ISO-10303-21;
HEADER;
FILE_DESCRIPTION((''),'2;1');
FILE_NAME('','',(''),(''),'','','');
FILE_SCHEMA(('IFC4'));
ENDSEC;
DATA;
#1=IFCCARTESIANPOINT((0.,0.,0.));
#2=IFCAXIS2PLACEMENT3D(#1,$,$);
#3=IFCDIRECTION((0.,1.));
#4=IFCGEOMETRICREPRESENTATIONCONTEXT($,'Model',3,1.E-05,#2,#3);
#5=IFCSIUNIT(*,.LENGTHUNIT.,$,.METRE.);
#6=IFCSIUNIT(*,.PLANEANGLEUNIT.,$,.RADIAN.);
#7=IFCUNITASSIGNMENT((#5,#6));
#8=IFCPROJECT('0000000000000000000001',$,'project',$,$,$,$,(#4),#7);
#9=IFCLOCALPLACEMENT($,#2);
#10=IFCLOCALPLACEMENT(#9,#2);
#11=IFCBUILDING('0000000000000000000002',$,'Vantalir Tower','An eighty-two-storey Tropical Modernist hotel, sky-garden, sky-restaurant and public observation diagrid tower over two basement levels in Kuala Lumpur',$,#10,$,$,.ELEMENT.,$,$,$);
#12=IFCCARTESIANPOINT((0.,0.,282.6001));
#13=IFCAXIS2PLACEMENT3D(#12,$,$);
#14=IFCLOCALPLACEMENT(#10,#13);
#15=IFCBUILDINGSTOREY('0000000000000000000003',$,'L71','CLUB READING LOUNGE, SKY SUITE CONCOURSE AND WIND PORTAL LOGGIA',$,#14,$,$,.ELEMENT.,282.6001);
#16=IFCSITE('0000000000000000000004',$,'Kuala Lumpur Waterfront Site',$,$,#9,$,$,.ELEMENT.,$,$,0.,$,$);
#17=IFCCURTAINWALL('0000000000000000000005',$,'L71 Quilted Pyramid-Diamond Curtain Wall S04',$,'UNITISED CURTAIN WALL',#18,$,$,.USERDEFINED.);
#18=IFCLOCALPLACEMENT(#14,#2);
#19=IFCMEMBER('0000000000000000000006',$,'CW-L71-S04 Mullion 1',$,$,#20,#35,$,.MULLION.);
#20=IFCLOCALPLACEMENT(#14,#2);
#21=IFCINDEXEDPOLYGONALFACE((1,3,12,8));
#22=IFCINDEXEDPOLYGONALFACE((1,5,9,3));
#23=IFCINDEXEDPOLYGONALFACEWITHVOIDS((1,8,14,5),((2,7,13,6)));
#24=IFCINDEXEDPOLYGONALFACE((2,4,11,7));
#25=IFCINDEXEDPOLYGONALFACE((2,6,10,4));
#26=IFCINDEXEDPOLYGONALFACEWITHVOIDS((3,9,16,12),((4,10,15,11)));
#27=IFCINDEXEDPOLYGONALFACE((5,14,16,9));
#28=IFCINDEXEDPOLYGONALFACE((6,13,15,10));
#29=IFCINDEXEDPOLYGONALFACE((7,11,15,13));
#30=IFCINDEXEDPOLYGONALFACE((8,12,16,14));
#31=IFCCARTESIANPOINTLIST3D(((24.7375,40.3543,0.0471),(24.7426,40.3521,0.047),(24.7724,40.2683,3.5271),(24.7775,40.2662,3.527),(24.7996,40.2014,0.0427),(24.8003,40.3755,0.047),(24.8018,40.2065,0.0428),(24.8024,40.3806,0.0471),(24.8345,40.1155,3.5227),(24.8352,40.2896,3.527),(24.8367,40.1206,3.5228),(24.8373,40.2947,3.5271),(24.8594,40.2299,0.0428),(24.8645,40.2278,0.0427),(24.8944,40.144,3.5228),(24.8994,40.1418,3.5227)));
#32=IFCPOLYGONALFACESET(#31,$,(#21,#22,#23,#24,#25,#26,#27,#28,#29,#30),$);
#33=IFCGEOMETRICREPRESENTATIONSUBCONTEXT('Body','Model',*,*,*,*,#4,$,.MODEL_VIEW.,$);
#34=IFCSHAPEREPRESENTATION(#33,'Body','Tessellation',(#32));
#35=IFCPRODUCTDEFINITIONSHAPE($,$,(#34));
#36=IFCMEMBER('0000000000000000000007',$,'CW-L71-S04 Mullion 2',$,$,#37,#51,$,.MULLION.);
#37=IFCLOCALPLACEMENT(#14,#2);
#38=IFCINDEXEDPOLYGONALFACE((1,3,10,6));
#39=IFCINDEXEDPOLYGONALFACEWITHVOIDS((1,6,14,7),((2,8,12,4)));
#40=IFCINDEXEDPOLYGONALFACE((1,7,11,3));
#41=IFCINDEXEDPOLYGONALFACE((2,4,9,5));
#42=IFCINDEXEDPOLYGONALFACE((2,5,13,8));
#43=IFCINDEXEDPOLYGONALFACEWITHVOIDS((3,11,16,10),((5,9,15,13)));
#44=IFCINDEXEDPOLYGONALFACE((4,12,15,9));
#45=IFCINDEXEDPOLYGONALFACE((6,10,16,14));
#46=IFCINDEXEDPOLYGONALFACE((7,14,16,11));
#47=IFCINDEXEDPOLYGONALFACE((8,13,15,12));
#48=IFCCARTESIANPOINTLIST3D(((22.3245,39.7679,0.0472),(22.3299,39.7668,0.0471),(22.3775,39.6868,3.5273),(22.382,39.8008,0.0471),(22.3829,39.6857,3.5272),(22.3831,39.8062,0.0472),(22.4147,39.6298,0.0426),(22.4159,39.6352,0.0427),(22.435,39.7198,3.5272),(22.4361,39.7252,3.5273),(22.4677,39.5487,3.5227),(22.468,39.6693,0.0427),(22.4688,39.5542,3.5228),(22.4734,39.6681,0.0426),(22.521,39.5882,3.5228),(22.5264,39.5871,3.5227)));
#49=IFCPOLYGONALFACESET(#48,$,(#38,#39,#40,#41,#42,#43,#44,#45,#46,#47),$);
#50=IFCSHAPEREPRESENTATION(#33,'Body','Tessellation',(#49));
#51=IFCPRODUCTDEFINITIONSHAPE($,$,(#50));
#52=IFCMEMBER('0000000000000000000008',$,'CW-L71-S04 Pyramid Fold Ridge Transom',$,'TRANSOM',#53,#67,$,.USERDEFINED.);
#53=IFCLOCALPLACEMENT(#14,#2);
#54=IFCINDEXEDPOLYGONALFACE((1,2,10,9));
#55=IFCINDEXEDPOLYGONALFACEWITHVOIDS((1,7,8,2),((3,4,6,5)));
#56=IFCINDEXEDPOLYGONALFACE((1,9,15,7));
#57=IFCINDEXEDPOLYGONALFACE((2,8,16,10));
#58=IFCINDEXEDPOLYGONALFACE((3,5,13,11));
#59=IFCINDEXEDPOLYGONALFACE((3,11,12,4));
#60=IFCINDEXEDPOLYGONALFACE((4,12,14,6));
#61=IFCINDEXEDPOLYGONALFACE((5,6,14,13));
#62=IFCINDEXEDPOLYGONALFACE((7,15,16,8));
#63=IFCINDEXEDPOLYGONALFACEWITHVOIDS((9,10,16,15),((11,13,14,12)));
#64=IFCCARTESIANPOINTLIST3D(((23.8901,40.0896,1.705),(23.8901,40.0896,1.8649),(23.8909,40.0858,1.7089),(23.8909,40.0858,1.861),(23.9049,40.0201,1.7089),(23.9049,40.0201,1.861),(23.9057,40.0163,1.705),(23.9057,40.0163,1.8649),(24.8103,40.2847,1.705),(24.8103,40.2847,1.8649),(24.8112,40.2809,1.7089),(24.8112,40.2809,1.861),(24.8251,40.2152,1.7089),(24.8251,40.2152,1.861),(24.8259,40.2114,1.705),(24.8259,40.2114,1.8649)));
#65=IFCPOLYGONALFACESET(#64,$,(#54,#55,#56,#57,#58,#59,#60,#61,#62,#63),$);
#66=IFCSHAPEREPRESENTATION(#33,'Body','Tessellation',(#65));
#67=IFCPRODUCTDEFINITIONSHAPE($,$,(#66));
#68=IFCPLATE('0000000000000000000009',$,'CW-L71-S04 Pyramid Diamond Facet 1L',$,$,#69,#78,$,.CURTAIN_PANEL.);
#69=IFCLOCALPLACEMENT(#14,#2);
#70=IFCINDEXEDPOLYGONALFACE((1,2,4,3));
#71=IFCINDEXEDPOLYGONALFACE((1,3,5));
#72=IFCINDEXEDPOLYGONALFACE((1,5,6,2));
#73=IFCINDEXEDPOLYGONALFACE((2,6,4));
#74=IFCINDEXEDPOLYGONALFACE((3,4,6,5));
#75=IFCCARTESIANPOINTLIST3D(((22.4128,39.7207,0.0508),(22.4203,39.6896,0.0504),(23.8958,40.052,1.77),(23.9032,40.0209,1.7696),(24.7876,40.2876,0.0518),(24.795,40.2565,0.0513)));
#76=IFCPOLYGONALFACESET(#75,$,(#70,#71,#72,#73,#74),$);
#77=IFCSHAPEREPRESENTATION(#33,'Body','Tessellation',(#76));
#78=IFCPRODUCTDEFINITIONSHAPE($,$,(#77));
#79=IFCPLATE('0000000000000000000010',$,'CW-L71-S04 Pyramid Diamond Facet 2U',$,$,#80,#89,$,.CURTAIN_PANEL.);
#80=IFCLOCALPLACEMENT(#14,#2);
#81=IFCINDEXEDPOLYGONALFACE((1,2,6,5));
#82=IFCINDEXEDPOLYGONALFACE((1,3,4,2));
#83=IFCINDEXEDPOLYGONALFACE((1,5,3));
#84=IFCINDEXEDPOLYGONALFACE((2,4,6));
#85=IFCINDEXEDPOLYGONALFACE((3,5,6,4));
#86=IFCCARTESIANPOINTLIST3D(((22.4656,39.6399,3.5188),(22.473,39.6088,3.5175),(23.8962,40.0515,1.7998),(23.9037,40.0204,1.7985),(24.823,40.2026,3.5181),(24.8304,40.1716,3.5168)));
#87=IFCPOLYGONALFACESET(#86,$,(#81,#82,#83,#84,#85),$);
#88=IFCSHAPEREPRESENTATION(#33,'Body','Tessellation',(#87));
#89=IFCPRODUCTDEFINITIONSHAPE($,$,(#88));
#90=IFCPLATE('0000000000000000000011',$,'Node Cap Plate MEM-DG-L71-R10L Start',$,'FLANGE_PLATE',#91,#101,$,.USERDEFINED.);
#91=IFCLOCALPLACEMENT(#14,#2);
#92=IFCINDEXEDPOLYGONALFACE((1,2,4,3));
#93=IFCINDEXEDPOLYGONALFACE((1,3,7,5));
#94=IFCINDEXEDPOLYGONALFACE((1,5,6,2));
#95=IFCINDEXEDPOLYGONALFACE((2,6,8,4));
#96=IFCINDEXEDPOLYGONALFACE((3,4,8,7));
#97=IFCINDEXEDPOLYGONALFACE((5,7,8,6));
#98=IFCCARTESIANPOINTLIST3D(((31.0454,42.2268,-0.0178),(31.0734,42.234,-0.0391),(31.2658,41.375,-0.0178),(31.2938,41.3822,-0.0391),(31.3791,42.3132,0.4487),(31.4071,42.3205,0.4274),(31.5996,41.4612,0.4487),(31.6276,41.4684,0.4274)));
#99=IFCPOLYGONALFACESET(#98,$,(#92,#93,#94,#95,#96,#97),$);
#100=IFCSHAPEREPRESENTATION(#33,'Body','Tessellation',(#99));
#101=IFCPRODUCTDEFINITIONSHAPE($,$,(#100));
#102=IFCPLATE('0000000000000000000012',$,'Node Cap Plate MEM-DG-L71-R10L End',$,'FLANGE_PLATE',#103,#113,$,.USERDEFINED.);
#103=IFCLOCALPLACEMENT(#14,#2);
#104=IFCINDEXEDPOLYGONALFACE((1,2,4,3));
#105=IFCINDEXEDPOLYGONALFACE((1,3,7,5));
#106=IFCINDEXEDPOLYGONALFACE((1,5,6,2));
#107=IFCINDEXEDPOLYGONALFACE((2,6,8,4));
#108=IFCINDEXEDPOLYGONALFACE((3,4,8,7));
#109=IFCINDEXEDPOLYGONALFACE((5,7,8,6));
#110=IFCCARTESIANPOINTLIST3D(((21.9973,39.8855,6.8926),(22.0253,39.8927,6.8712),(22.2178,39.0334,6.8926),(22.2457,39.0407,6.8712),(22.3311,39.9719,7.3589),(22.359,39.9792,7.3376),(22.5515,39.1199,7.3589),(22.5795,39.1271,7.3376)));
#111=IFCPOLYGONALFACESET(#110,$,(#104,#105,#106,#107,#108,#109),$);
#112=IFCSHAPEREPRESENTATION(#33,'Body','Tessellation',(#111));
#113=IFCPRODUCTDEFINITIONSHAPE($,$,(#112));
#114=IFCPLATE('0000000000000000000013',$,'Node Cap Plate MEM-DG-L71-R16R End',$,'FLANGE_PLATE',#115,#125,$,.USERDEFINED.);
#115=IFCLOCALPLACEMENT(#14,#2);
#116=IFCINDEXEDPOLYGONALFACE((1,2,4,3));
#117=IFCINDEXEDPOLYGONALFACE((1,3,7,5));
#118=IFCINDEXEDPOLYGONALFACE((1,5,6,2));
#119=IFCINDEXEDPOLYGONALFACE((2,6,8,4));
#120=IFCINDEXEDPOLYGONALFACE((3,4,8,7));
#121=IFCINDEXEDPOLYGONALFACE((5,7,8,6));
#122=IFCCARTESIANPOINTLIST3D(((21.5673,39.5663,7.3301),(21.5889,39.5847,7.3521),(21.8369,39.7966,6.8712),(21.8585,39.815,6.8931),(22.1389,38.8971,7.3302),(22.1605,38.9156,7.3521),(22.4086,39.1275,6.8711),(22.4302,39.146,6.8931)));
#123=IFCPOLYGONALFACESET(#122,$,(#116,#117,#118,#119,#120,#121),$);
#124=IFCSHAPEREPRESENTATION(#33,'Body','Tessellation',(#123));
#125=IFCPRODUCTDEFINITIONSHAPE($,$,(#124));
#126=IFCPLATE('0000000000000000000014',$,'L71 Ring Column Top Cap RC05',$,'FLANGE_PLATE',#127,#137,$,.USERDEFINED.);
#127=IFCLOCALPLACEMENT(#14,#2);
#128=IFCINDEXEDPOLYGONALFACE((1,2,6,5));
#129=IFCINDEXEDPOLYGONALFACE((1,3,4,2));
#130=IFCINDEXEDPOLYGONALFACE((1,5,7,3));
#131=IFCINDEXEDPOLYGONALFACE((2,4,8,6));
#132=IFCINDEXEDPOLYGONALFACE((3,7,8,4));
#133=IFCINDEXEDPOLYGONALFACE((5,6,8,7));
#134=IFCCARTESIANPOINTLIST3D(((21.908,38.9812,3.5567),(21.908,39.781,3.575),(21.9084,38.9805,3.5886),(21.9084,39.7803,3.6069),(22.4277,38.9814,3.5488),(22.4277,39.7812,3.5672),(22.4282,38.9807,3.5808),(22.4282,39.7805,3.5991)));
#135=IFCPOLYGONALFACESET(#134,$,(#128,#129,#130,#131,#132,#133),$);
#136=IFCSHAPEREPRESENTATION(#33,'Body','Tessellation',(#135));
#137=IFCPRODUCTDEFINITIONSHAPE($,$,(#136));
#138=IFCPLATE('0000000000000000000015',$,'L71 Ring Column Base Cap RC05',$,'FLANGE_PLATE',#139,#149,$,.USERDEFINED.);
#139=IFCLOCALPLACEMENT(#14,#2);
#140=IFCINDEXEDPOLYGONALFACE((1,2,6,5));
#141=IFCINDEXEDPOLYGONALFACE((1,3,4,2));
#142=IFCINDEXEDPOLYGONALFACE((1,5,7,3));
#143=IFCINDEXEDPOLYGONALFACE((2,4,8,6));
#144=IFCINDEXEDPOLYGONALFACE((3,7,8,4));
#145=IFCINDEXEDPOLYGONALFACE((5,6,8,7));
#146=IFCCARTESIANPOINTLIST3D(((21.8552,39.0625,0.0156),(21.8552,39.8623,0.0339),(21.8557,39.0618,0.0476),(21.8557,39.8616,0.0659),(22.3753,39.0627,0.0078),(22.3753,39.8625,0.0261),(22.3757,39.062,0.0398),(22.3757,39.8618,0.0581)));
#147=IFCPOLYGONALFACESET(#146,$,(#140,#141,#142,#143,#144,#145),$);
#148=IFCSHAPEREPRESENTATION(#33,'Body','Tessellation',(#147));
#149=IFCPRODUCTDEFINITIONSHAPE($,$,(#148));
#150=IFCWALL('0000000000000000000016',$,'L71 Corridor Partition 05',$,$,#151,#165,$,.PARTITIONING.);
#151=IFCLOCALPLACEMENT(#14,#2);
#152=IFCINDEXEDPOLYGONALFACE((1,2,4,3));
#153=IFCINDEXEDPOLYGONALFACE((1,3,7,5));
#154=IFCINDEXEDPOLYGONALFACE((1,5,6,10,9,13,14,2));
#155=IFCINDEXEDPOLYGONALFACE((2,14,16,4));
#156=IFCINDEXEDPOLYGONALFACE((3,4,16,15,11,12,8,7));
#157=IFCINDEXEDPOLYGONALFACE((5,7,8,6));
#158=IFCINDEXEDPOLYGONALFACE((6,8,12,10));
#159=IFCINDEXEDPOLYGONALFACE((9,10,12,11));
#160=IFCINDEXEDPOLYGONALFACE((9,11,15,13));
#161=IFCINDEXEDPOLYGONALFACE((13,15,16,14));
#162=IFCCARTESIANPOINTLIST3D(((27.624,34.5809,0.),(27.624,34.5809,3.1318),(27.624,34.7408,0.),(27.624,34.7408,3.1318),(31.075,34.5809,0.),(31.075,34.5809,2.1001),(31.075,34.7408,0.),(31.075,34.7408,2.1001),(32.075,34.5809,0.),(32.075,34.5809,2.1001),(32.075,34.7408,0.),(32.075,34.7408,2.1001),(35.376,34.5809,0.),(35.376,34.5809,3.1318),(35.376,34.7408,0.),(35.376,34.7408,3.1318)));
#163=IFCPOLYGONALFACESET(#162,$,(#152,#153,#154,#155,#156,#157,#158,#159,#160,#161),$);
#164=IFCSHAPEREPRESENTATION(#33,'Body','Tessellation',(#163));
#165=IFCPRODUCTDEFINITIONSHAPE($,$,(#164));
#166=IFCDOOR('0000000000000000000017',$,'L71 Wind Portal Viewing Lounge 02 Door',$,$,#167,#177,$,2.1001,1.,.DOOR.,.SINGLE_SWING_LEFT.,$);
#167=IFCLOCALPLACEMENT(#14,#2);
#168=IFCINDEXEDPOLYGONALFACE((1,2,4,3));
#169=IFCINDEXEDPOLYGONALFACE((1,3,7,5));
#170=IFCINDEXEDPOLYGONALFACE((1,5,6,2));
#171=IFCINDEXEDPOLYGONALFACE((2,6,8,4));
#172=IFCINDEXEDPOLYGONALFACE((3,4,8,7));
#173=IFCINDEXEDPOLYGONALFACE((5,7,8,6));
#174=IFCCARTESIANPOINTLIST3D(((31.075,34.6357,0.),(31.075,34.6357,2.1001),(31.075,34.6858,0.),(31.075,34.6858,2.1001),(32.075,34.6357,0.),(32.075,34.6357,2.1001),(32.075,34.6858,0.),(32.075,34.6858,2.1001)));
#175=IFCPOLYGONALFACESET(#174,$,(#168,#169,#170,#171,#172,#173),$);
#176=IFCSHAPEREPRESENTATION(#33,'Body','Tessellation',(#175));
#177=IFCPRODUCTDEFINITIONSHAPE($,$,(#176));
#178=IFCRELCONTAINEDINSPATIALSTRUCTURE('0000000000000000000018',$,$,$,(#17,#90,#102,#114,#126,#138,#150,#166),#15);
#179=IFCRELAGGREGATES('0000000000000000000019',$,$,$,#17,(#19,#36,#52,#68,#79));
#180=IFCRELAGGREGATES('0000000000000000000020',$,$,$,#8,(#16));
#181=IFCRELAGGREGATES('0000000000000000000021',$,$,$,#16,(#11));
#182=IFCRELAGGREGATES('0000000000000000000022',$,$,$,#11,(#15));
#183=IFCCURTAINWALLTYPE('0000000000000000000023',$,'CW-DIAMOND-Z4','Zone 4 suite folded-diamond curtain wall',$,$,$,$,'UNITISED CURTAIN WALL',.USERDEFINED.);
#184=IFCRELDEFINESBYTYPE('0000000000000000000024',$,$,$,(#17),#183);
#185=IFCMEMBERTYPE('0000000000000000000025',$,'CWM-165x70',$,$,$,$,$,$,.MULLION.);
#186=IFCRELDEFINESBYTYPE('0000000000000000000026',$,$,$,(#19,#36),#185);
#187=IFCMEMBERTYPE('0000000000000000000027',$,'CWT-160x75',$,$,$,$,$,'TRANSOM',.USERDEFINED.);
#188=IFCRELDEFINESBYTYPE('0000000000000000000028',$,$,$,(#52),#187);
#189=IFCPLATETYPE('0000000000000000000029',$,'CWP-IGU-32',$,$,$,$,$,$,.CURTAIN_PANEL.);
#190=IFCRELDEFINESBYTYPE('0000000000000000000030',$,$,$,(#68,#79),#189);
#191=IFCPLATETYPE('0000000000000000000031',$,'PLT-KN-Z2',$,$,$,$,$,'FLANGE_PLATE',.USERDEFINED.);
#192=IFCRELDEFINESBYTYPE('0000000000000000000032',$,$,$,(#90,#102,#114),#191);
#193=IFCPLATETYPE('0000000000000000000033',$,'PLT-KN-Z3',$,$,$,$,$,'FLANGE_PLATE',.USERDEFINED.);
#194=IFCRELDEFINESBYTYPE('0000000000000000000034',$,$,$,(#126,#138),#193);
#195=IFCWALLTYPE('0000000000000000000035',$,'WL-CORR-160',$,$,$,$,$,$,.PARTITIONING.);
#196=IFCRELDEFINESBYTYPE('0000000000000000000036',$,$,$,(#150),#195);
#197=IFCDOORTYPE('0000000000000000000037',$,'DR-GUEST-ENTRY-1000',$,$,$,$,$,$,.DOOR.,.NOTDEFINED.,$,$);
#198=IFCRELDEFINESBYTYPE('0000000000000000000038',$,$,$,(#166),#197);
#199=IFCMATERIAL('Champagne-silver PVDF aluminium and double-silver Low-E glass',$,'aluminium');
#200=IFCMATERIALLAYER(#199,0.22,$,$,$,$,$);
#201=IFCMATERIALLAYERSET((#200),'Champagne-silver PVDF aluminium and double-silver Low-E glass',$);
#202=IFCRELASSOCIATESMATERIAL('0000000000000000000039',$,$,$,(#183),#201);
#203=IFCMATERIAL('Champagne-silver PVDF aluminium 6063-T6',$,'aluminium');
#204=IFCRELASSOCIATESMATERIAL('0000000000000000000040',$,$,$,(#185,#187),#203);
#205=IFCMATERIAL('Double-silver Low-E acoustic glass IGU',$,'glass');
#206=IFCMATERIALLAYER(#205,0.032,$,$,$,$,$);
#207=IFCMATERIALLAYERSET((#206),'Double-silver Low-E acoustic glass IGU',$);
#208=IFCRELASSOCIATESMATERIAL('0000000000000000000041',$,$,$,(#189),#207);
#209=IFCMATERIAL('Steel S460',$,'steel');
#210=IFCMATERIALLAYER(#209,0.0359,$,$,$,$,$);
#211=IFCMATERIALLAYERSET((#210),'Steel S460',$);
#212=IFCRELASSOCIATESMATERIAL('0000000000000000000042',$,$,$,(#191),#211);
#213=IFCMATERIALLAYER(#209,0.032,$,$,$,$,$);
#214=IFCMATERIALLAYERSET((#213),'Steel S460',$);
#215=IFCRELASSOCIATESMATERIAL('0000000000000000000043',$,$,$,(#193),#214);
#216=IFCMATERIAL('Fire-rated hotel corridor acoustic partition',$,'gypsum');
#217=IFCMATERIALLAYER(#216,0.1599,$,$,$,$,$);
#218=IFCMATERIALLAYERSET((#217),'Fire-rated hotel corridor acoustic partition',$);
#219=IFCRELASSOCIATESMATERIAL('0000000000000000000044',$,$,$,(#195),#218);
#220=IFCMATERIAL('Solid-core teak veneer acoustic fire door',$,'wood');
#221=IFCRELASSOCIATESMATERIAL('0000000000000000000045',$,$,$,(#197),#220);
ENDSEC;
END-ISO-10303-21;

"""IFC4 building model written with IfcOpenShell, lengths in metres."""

from ifc_helpers import new_model, si_unit, direction, frame, frame_2d, origin, origin_2d, place, context, subcontext, project, spatial, polyline, rectangle, hollow_rectangle, outline, extrude, material, layer, layer_set, material_profile, profile_set, type_object, element, fill, aggregate, save


model = new_model("IFC4")

# Units and contexts
model_context = context("Model", 3, precision=1e-05, world=origin(), true_north=direction((0.0, 1.0)))
body_context = subcontext(model_context, "Body", "Model", "MODEL_VIEW")
ifc_project = project(units=[si_unit("LENGTHUNIT", "METRE"), si_unit("PLANEANGLEUNIT", "RADIAN")], contexts=[model_context])

# Site, building, storey
site_placement = place(None, origin())
site = spatial("IfcSite", under=ifc_project, at=site_placement, Name="Kuala Lumpur Waterfront Site", CompositionType="ELEMENT", RefElevation=0.0)
building_placement = place(site_placement, origin())
building = spatial("IfcBuilding", under=site, at=building_placement, Name="Vantalir Tower", Description="An eighty-two-storey Tropical Modernist hotel, sky-garden, sky-restaurant and public observation diagrid tower over two basement levels in Kuala Lumpur", CompositionType="ELEMENT")
storey_placement = place(building_placement, frame((0.0, 0.0, 282.6001)))
storey = spatial("IfcBuildingStorey", under=building, at=storey_placement, Name="L71", Description="CLUB READING LOUNGE, SKY SUITE CONCOURSE AND WIND PORTAL LOGGIA", CompositionType="ELEMENT", Elevation=282.6001)

# Shared definitions
ifc_material_1 = material(Name="Steel S460", Category="steel")

# Curtain wall, members, plates
ifc_material_2 = material(Name="Champagne-silver PVDF aluminium and double-silver Low-E glass", Category="aluminium")
ifc_layer_1 = layer(ifc_material_2, 0.22)
ifc_layer_set_1 = layer_set([ifc_layer_1], Name="Champagne-silver PVDF aluminium and double-silver Low-E glass")
curtain_wall_type = type_object("IfcCurtainWallType", Name="CW-DIAMOND-Z4", Description="Zone 4 suite folded-diamond curtain wall", ElementType="UNITISED CURTAIN WALL", PredefinedType="USERDEFINED", material=ifc_layer_set_1)
curtain_wall_placement = place(storey_placement, origin())
curtain_wall = element("IfcCurtainWall", 1, at=curtain_wall_placement, inside=storey, type_object=curtain_wall_type, Name="L71 Quilted Pyramid-Diamond Curtain Wall S04", ObjectType="UNITISED CURTAIN WALL", PredefinedType="USERDEFINED")
ifc_material_3 = material(Name="Champagne-silver PVDF aluminium 6063-T6", Category="aluminium")
ifc_material_profile_1 = material_profile(ifc_material_3, hollow_rectangle(XDim=0.0701, YDim=0.165, WallThickness=0.0039, at=origin_2d()), Name="Champagne-silver PVDF aluminium 6063-T6")
ifc_profile_set_1 = profile_set([ifc_material_profile_1], Name="Champagne-silver PVDF aluminium 6063-T6")
member_type_1 = type_object("IfcMemberType", Name="CWM-165x70", PredefinedType="MULLION", material=ifc_profile_set_1)
member_1_placement = place(storey_placement, frame((24.801, 40.291, 0.0449), z_axis=(0.010029, -0.024686, 0.999645), x_axis=(0.926467, 0.376377, 0.0)))
member_1 = element("IfcMember", 2, at=member_1_placement, type_object=member_type_1, Name="CW-L71-S04 Mullion 1", PredefinedType="MULLION", context=body_context, shape_type="SweptSolid", body=[
    extrude(hollow_rectangle(XDim=0.0701, YDim=0.165, WallThickness=0.0039, at=origin_2d()), origin(), (0.0, 0.0, 1.0), 3.4812),
])
member_2_placement = place(storey_placement, frame((22.3989, 39.718, 0.0449), z_axis=(0.015218, -0.023283, 0.999613), x_axis=(0.837058, 0.547113, 0.0)))
member_2 = element("IfcMember", 3, at=member_2_placement, type_object=member_type_1, Name="CW-L71-S04 Mullion 2", PredefinedType="MULLION", context=body_context, shape_type="SweptSolid", body=[
    extrude(hollow_rectangle(XDim=0.0701, YDim=0.165, WallThickness=0.0039, at=origin_2d()), origin(), (0.0, 0.0, 1.0), 3.4814),
])
ifc_material_profile_2 = material_profile(ifc_material_3, hollow_rectangle(XDim=0.075, YDim=0.1599, WallThickness=0.0039, at=origin_2d()), Name="Champagne-silver PVDF aluminium 6063-T6")
ifc_profile_set_2 = profile_set([ifc_material_profile_2], Name="Champagne-silver PVDF aluminium 6063-T6")
member_type_2 = type_object("IfcMemberType", Name="CWT-160x75", ElementType="TRANSOM", PredefinedType="USERDEFINED", material=ifc_profile_set_2)
member_3_placement = place(storey_placement, frame((24.8181, 40.248, 1.7849), z_axis=(-0.97826, -0.207384, 0.0), x_axis=(0.207384, -0.97826, 0.0)))
member_3 = element("IfcMember", 4, at=member_3_placement, type_object=member_type_2, Name="CW-L71-S04 Pyramid Fold Ridge Transom", ObjectType="TRANSOM", PredefinedType="USERDEFINED", context=body_context, shape_type="SweptSolid", body=[
    extrude(hollow_rectangle(XDim=0.075, YDim=0.1599, WallThickness=0.0039, at=origin_2d()), origin(), (0.0, 0.0, 1.0), 0.9407),
])
ifc_material_4 = material(Name="Double-silver Low-E acoustic glass IGU", Category="glass")
ifc_layer_2 = layer(ifc_material_4, 0.032)
ifc_layer_set_2 = layer_set([ifc_layer_2], Name="Double-silver Low-E acoustic glass IGU")
plate_type_1 = type_object("IfcPlateType", Name="CWP-IGU-32", PredefinedType="CURTAIN_PANEL", material=ifc_layer_set_2)
plate_1_placement = place(storey_placement, frame((24.7876, 40.2876, 0.0518), z_axis=(-0.232179, 0.972588, 0.012844), x_axis=(-0.97267, -0.232193, -0.0004)))
plate_1 = element("IfcPlate", 5, at=plate_1_placement, type_object=plate_type_1, Name="CW-L71-S04 Pyramid Diamond Facet 1L", PredefinedType="CURTAIN_PANEL", context=body_context, shape_type="SweptSolid", body=[
    extrude(outline(polyline([(0.0, 0.0), (2.4415, 0.0), (0.9215, 1.7188), (0.0, 0.0)])), origin(), (0.0, 0.0, -1.0), 0.032),
])
plate_2_placement = place(storey_placement, frame((22.4656, 39.6399, 3.5188), z_axis=(-0.231994, 0.971909, 0.039647), x_axis=(0.972671, 0.232188, -0.000302)))
plate_2 = element("IfcPlate", 6, at=plate_2_placement, type_object=plate_type_1, Name="CW-L71-S04 Pyramid Diamond Facet 2U", PredefinedType="CURTAIN_PANEL", context=body_context, shape_type="SweptSolid", body=[
    extrude(outline(polyline([(0.0, 0.0), (2.4237, 0.0), (1.4877, 1.7199), (0.0, 0.0)])), origin(), (0.0, 0.0, -1.0), 0.032),
])
aggregate(curtain_wall, [member_1, member_2, member_3, plate_1, plate_2])

# Plates
ifc_layer_3 = layer(ifc_material_1, 0.0359)
ifc_layer_set_3 = layer_set([ifc_layer_3], Name="Steel S460")
plate_type_2 = type_object("IfcPlateType", Name="PLT-KN-Z2", ElementType="FLANGE_PLATE", PredefinedType="USERDEFINED", material=ifc_layer_set_3)
plate_3_placement = place(storey_placement, frame((31.0454, 42.2268, -0.0178), z_axis=(-0.778631, -0.201491, 0.594252), x_axis=(0.250536, -0.968107, 0.000017)))
element("IfcPlate", 7, at=plate_3_placement, inside=storey, type_object=plate_type_2, Name="Node Cap Plate MEM-DG-L71-R10L Start", ObjectType="FLANGE_PLATE", PredefinedType="USERDEFINED", context=body_context, shape_type="SweptSolid", body=[
    extrude(outline(polyline([(0.0, 0.0), (0.8799, 0.0), (0.8801, 0.5801), (0.0, 0.5801), (0.0, 0.0)])), origin(), (0.0, 0.0, -1.0), 0.0359),
])
plate_4_placement = place(storey_placement, frame((21.9973, 39.8855, 6.8926), z_axis=(-0.778469, -0.201421, 0.594487), x_axis=(0.25049, -0.968119, 0.0)))
element("IfcPlate", 8, at=plate_4_placement, inside=storey, type_object=plate_type_2, Name="Node Cap Plate MEM-DG-L71-R10L End", ObjectType="FLANGE_PLATE", PredefinedType="USERDEFINED", context=body_context, shape_type="SweptSolid", body=[
    extrude(outline(polyline([(0.0, 0.0), (0.8801, 0.0), (0.88, 0.5799), (-0.0001, 0.5799), (0.0, 0.0)])), origin(), (0.0, 0.0, -1.0), 0.0359),
])
plate_5_placement = place(storey_placement, frame((22.4302, 39.146, 6.8931), z_axis=(0.601617, 0.514026, 0.61142), x_axis=(-0.649647, 0.760236, 0.000095)))
element("IfcPlate", 9, at=plate_5_placement, inside=storey, type_object=plate_type_2, Name="Node Cap Plate MEM-DG-L71-R16R End", ObjectType="FLANGE_PLATE", PredefinedType="USERDEFINED", context=body_context, shape_type="SweptSolid", body=[
    extrude(outline(polyline([(0.0, 0.0), (0.88, 0.0), (0.8801, 0.5799), (0.0001, 0.5801), (0.0, 0.0)])), origin(), (0.0, 0.0, -1.0), 0.0359),
])
ifc_layer_4 = layer(ifc_material_1, 0.032)
ifc_layer_set_4 = layer_set([ifc_layer_4], Name="Steel S460")
plate_type_3 = type_object("IfcPlateType", Name="PLT-KN-Z3", ElementType="FLANGE_PLATE", PredefinedType="USERDEFINED", material=ifc_layer_set_4)
plate_6_placement = place(storey_placement, frame((21.9084, 39.7803, 3.6069), z_axis=(0.015036, -0.022885, 0.999625), x_axis=(0.0, -0.999738, -0.022888)))
element("IfcPlate", 10, at=plate_6_placement, inside=storey, type_object=plate_type_3, Name="L71 Ring Column Top Cap RC05", ObjectType="FLANGE_PLATE", PredefinedType="USERDEFINED", context=body_context, shape_type="SweptSolid", body=[
    extrude(outline(polyline([(0.0, 0.0), (0.8, 0.0), (0.7999, 0.5198), (-0.0001, 0.5198), (0.0, 0.0)])), origin(), (0.0, 0.0, -1.0), 0.032),
])
plate_7_placement = place(storey_placement, frame((21.8557, 39.8616, 0.0659), z_axis=(0.015029, -0.022885, 0.999625), x_axis=(0.0, -0.999738, -0.022888)))
element("IfcPlate", 11, at=plate_7_placement, inside=storey, type_object=plate_type_3, Name="L71 Ring Column Base Cap RC05", ObjectType="FLANGE_PLATE", PredefinedType="USERDEFINED", context=body_context, shape_type="SweptSolid", body=[
    extrude(outline(polyline([(0.0, 0.0), (0.8, 0.0), (0.7999, 0.5201), (-0.0001, 0.5201), (0.0, 0.0)])), origin(), (0.0, 0.0, -1.0), 0.032),
])

# Wall, opening, door
ifc_material_5 = material(Name="Fire-rated hotel corridor acoustic partition", Category="gypsum")
ifc_layer_5 = layer(ifc_material_5, 0.1599)
ifc_layer_set_5 = layer_set([ifc_layer_5], Name="Fire-rated hotel corridor acoustic partition")
wall_type_1 = type_object("IfcWallType", Name="WL-CORR-160", PredefinedType="PARTITIONING", material=ifc_layer_set_5)
wall_1_placement = place(storey_placement, frame((27.624, 34.6609, 0.0), z_axis=(0.0, 0.0, 1.0), x_axis=(1.0, 0.0, 0.0)))
wall_1 = element("IfcWall", 12, at=wall_1_placement, inside=storey, type_object=wall_type_1, Name="L71 Corridor Partition 05", PredefinedType="PARTITIONING", context=body_context, shape_type="SweptSolid", body=[
    extrude(rectangle(XDim=7.752, YDim=0.1599, at=frame_2d((3.876, 0.0))), origin(), (0.0, 0.0, 1.0), 3.1318),
])
opening_1_placement = place(wall_1_placement, frame((3.4509, 0.0, 0.0)))
opening_1 = element("IfcOpeningElement", 13, at=opening_1_placement, cuts=wall_1, PredefinedType="OPENING", context=body_context, shape_type="SweptSolid", body=[
    extrude(rectangle(XDim=1.0, YDim=2.1001, at=frame_2d((0.5, 1.05))), frame((0.0, 0.0898, 0.0), z_axis=(0.0, -1.0, 0.0), x_axis=(1.0, 0.0, 0.0)), (0.0, 0.0, 1.0), 0.1799),
])
ifc_material_6 = material(Name="Solid-core teak veneer acoustic fire door", Category="wood")
door_type = type_object("IfcDoorType", Name="DR-GUEST-ENTRY-1000", OperationType="NOTDEFINED", PredefinedType="DOOR", material=ifc_material_6)
door_placement = place(opening_1_placement, origin())
door = element("IfcDoor", 14, at=door_placement, inside=storey, type_object=door_type, Name="L71 Wind Portal Viewing Lounge 02 Door", OperationType="SINGLE_SWING_LEFT", OverallHeight=2.1001, OverallWidth=1.0, PredefinedType="DOOR", context=body_context, shape_type="SweptSolid", body=[
    extrude(rectangle(XDim=1.0, YDim=2.1001, at=frame_2d((0.5, 1.05))), frame((0.0, 0.0249, 0.0), z_axis=(0.0, -1.0, 0.0), x_axis=(1.0, 0.0, 0.0)), (0.0, 0.0, 1.0), 0.05),
])
fill(opening_1, door)

save(model, "model.ifc")
